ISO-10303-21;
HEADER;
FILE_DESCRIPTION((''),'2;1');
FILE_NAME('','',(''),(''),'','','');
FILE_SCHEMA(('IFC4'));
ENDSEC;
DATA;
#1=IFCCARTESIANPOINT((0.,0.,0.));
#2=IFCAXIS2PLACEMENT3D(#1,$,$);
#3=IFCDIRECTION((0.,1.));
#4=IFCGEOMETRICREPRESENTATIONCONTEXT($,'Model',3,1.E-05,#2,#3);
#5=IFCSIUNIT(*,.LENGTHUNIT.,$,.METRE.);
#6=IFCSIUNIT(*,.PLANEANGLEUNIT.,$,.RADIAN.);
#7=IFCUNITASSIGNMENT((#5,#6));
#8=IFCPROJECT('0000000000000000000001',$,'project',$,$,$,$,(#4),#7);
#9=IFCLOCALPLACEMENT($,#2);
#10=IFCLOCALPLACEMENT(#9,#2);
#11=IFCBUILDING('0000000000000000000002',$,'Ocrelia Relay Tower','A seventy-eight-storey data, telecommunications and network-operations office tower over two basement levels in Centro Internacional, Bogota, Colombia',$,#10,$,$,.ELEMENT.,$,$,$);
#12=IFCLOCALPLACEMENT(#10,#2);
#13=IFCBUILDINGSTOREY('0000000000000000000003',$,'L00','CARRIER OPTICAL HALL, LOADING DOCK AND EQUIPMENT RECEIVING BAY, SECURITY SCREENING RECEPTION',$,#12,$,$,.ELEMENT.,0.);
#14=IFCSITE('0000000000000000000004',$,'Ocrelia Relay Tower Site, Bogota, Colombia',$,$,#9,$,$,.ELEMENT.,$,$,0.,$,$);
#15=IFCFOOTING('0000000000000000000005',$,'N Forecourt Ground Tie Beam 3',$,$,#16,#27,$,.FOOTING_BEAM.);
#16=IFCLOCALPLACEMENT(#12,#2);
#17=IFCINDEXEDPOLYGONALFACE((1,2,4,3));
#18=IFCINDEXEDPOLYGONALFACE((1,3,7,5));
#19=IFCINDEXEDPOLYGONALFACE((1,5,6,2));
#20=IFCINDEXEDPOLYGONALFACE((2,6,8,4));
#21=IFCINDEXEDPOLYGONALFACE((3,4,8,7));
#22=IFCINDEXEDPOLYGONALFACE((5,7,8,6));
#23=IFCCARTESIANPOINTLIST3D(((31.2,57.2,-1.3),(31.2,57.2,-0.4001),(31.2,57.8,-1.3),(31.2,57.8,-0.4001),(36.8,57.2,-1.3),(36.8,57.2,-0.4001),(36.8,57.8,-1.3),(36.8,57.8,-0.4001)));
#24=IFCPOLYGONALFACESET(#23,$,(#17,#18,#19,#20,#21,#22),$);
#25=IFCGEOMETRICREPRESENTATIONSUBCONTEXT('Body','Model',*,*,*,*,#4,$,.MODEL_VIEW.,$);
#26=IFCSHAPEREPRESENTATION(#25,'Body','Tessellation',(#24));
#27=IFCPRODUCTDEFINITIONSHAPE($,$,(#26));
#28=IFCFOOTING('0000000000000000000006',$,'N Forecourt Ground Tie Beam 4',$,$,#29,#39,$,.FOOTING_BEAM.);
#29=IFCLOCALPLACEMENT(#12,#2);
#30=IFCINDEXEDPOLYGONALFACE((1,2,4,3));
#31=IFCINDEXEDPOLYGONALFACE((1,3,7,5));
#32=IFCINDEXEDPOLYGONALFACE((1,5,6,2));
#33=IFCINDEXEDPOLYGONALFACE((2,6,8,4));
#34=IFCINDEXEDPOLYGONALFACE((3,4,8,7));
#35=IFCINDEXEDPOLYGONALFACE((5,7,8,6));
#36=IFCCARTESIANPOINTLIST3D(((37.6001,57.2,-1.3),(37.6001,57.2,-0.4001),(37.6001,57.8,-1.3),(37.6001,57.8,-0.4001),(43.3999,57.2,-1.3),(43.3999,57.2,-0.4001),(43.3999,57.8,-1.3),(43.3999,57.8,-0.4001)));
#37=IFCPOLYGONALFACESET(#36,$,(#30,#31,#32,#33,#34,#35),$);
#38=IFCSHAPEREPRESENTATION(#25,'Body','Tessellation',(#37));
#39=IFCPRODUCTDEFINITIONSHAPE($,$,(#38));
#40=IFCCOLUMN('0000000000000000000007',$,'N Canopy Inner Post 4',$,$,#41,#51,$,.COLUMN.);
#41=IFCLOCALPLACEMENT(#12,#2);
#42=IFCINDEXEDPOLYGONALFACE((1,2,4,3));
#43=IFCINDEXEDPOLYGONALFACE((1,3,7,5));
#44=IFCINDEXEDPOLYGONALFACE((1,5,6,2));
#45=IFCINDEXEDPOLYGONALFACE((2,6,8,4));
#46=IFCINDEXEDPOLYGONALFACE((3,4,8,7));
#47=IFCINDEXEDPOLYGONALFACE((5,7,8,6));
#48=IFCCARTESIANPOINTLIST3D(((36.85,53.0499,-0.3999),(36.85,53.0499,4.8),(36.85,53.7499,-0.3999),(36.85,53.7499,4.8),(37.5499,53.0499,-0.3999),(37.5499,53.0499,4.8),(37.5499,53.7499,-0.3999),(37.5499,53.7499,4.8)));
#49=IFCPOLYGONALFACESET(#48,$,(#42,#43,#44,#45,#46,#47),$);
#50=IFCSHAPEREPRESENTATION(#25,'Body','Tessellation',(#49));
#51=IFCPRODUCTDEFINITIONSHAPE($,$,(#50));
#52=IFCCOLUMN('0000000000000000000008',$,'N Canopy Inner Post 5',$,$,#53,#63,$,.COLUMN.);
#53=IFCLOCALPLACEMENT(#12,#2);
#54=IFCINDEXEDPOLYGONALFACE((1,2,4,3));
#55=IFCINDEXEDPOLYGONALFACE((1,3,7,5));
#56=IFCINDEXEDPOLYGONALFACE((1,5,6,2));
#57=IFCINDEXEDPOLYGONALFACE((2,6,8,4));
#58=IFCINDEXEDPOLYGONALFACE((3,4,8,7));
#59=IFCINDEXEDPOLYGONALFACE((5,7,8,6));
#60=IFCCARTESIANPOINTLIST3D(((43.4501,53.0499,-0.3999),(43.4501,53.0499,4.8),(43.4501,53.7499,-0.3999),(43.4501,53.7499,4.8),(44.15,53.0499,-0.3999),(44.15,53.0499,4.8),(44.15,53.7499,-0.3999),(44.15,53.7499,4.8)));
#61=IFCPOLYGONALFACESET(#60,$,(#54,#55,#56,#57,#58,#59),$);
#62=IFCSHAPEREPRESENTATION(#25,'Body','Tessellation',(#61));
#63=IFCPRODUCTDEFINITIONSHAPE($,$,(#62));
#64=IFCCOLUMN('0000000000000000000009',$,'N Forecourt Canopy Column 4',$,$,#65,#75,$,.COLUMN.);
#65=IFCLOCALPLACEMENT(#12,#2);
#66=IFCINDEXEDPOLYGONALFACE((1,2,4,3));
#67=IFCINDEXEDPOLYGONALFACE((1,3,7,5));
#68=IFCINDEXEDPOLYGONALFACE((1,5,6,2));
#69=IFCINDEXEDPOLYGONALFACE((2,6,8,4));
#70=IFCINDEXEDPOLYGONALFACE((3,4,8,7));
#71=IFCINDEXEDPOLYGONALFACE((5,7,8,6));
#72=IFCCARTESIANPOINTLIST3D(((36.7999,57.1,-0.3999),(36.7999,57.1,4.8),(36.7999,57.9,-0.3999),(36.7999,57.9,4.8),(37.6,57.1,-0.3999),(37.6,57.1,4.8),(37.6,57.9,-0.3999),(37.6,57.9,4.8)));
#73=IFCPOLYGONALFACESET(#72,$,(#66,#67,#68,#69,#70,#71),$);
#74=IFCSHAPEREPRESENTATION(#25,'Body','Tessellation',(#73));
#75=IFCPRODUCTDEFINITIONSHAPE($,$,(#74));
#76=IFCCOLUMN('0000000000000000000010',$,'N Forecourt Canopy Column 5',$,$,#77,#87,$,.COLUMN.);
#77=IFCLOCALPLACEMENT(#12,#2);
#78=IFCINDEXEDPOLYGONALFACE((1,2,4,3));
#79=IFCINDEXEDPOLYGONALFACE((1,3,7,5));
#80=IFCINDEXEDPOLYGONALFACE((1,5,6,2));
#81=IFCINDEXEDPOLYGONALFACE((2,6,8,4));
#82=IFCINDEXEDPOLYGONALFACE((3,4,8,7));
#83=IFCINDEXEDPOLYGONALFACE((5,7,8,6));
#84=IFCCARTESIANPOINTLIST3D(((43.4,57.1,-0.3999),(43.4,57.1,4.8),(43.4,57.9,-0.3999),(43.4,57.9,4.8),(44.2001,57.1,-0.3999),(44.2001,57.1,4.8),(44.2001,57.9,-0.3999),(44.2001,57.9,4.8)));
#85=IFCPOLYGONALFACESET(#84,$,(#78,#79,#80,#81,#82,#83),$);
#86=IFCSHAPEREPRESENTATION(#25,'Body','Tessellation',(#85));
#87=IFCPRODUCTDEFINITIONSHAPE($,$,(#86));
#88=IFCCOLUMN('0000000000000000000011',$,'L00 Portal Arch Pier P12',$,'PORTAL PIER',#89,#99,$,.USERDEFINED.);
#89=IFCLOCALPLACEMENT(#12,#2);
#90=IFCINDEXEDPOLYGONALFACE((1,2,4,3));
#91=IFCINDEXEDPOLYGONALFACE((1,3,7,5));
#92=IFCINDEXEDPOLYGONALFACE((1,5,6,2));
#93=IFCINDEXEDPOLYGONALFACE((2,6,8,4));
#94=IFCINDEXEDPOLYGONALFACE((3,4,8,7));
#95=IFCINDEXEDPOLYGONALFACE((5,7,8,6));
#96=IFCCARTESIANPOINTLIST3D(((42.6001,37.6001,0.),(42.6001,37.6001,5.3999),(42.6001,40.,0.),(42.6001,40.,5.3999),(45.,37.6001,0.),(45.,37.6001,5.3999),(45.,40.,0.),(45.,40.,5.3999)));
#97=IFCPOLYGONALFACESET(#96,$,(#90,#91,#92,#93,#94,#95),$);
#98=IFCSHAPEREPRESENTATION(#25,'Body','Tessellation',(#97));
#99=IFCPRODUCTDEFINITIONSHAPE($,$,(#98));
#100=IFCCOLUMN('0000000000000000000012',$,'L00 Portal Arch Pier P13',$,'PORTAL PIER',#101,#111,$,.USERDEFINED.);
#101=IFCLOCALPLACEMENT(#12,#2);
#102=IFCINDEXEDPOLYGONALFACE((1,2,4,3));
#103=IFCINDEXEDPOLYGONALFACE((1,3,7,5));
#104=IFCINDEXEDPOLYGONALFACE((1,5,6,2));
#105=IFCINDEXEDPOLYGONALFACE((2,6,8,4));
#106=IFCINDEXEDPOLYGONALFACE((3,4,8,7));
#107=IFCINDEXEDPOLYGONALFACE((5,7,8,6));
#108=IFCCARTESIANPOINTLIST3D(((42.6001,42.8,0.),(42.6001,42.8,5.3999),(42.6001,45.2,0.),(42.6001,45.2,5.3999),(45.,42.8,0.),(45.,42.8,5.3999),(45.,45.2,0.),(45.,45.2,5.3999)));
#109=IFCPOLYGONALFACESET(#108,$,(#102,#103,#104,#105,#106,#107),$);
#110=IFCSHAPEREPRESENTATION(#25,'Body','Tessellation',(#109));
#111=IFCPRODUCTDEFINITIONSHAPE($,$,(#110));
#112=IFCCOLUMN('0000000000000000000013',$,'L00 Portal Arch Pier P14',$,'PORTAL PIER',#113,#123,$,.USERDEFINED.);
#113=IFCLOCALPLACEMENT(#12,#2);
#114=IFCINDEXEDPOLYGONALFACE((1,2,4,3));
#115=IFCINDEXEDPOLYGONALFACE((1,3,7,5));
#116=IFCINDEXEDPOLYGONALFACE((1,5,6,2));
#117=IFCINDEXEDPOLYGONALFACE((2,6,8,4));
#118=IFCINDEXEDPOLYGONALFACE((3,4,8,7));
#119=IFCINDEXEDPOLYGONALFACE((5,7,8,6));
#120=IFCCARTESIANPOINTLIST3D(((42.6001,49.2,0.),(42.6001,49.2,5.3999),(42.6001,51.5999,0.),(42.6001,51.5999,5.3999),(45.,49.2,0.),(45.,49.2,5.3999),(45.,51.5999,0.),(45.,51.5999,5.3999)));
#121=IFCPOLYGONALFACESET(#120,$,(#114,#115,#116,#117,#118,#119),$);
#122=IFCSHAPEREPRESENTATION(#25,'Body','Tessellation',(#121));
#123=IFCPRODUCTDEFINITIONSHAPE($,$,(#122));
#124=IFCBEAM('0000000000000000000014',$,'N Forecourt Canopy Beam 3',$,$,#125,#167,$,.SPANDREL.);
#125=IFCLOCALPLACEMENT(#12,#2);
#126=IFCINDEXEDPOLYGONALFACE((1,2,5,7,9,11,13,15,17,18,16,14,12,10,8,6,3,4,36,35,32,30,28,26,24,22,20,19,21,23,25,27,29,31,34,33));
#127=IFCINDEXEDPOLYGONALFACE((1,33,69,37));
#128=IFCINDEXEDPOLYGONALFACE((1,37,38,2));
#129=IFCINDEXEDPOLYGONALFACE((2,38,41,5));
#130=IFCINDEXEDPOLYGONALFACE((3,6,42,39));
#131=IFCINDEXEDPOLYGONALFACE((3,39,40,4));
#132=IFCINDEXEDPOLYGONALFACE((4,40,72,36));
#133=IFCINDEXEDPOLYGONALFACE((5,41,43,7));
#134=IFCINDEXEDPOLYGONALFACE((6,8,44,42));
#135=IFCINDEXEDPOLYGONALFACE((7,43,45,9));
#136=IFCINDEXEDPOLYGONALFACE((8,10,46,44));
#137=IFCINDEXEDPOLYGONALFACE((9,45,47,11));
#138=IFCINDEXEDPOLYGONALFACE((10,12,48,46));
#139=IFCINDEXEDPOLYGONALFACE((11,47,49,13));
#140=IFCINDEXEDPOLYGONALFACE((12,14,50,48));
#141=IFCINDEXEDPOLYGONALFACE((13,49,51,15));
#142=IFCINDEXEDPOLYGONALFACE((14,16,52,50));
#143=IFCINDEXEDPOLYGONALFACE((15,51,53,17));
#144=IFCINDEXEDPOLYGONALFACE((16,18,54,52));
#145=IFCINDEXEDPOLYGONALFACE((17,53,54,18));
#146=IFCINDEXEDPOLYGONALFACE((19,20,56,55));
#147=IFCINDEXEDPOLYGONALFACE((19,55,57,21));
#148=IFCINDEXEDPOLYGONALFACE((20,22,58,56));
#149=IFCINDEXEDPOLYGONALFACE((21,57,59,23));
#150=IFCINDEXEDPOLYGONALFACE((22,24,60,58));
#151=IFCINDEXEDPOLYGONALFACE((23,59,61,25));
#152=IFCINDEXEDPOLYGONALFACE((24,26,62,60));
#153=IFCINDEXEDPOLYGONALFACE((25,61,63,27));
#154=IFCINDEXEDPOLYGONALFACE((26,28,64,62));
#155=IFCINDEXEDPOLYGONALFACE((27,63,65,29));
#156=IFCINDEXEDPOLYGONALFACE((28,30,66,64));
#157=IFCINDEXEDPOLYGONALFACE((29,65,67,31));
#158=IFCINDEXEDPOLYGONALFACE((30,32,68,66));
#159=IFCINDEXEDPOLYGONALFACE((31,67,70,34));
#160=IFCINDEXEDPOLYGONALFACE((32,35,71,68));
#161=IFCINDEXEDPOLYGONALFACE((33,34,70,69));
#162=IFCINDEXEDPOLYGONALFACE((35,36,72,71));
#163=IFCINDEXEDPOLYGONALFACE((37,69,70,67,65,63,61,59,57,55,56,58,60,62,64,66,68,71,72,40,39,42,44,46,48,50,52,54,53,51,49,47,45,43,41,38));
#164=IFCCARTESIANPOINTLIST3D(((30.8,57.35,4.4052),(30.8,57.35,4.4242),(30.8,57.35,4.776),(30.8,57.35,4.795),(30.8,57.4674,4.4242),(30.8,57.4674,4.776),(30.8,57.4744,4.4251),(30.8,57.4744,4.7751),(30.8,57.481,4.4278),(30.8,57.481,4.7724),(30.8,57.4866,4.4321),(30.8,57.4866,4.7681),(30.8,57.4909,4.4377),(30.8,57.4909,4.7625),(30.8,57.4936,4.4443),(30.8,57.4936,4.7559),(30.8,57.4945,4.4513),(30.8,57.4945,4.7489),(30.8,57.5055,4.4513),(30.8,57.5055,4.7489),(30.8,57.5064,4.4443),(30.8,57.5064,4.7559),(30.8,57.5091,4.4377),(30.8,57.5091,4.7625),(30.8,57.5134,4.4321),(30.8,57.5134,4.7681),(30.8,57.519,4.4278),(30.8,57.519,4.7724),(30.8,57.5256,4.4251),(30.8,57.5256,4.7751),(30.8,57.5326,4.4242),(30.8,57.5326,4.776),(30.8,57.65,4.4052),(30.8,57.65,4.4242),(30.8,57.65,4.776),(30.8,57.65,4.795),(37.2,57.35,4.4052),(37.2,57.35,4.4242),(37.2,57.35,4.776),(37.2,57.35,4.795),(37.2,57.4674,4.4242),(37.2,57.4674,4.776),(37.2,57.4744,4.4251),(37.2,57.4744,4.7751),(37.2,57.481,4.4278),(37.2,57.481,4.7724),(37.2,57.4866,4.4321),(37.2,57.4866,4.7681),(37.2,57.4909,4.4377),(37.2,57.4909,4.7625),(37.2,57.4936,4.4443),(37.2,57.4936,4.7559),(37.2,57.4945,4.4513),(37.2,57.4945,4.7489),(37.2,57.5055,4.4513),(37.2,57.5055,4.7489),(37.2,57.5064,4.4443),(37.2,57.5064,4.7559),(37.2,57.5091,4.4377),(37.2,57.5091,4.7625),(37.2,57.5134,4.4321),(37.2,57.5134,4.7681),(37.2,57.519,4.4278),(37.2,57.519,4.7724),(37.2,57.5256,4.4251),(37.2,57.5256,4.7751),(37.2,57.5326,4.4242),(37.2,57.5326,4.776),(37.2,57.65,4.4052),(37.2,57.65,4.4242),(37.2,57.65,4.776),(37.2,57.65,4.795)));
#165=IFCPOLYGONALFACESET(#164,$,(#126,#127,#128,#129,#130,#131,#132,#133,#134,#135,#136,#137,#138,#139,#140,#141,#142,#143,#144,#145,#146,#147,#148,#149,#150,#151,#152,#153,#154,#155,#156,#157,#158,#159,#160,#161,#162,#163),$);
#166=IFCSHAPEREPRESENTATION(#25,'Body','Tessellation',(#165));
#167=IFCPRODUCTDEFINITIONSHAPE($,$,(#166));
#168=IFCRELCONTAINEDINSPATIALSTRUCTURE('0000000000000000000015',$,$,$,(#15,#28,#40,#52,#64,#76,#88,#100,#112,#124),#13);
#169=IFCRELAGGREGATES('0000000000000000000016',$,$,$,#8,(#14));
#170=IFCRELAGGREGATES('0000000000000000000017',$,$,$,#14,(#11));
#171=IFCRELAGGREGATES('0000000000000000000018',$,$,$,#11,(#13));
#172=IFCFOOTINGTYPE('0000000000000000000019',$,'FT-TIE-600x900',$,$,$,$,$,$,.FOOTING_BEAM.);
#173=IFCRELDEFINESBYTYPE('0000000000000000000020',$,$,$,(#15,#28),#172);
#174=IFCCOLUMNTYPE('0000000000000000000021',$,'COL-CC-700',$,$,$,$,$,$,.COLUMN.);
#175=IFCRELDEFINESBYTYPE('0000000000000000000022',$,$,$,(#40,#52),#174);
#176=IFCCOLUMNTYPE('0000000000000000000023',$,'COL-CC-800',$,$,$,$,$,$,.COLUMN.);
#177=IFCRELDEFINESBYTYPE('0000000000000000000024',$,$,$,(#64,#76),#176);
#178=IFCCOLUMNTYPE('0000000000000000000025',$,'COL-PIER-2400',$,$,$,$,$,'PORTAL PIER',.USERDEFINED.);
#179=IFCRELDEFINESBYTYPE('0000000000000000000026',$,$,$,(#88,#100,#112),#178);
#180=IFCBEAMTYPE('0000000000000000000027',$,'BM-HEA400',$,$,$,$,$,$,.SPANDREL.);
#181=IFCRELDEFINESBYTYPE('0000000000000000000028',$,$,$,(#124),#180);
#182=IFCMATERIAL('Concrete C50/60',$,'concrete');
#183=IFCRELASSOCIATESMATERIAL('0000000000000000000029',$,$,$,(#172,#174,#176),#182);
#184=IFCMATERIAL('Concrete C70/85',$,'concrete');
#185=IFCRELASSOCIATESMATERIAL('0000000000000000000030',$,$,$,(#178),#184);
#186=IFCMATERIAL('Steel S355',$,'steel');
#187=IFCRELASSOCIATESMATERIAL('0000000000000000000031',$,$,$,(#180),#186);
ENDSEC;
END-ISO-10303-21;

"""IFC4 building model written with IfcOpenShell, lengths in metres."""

from ifc_helpers import new_model, si_unit, direction, frame, origin, origin_2d, place, context, subcontext, project, spatial, rectangle, i_section, extrude, material, material_profile, profile_set, type_object, element, save


model = new_model("IFC4")

# Units and contexts
model_context = context("Model", 3, precision=1e-05, world=origin(), true_north=direction((0.0, 1.0)))
body_context = subcontext(model_context, "Body", "Model", "MODEL_VIEW")
ifc_project = project(units=[si_unit("LENGTHUNIT", "METRE"), si_unit("PLANEANGLEUNIT", "RADIAN")], contexts=[model_context])

# Site, building, storey
site_placement = place(None, origin())
site = spatial("IfcSite", under=ifc_project, at=site_placement, Name="Ocrelia Relay Tower Site, Bogota, Colombia", CompositionType="ELEMENT", RefElevation=0.0)
building_placement = place(site_placement, origin())
building = spatial("IfcBuilding", under=site, at=building_placement, Name="Ocrelia Relay Tower", Description="A seventy-eight-storey data, telecommunications and network-operations office tower over two basement levels in Centro Internacional, Bogota, Colombia", CompositionType="ELEMENT")
storey_placement = place(building_placement, origin())
storey = spatial("IfcBuildingStorey", under=building, at=storey_placement, Name="L00", Description="CARRIER OPTICAL HALL, LOADING DOCK AND EQUIPMENT RECEIVING BAY, SECURITY SCREENING RECEPTION", CompositionType="ELEMENT", Elevation=0.0)

# Footings
ifc_material_1 = material(Name="Concrete C50/60", Category="concrete")
ifc_material_profile_1 = material_profile(ifc_material_1, rectangle(XDim=0.6001, YDim=0.8999, at=origin_2d()), Name="RC-BM-600x900")
ifc_profile_set_1 = profile_set([ifc_material_profile_1], Name="Concrete C50/60")
footing_type = type_object("IfcFootingType", Name="FT-TIE-600x900", PredefinedType="FOOTING_BEAM", material=ifc_profile_set_1)
footing_1_placement = place(storey_placement, frame((31.2, 57.5, -0.8501), z_axis=(1.0, 0.0, 0.0), x_axis=(0.0, 1.0, 0.0)))
element("IfcFooting", 1, at=footing_1_placement, inside=storey, type_object=footing_type, Name="N Forecourt Ground Tie Beam 3", PredefinedType="FOOTING_BEAM", context=body_context, shape_type="SweptSolid", body=[
    extrude(rectangle(XDim=0.6001, YDim=0.8999, at=origin_2d()), origin(), (0.0, 0.0, 1.0), 5.6001),
])
footing_2_placement = place(storey_placement, frame((37.6001, 57.5, -0.8501), z_axis=(1.0, 0.0, 0.0), x_axis=(0.0, 1.0, 0.0)))
element("IfcFooting", 2, at=footing_2_placement, inside=storey, type_object=footing_type, Name="N Forecourt Ground Tie Beam 4", PredefinedType="FOOTING_BEAM", context=body_context, shape_type="SweptSolid", body=[
    extrude(rectangle(XDim=0.6001, YDim=0.8999, at=origin_2d()), origin(), (0.0, 0.0, 1.0), 5.7998),
])

# Columns
ifc_material_profile_2 = material_profile(ifc_material_1, rectangle(XDim=0.7, YDim=0.7, at=origin_2d()), Name="RC-COL-700x700")
ifc_profile_set_2 = profile_set([ifc_material_profile_2], Name="Concrete C50/60")
column_type_1 = type_object("IfcColumnType", Name="COL-CC-700", PredefinedType="COLUMN", material=ifc_profile_set_2)
for number, where, z_axis, x_axis, name in (
    (3, (37.2, 53.3999, -0.3999), (0.0, 0.0, 1.0), (1.0, 0.0, 0.0), "N Canopy Inner Post 4"),
    (4, (43.8, 53.3999, -0.3999), (0.0, 0.0, 1.0), (1.0, 0.0, 0.0), "N Canopy Inner Post 5"),
):
    element("IfcColumn", number, at=place(storey_placement, frame(where, z_axis=z_axis, x_axis=x_axis)), inside=storey, type_object=column_type_1, Name=name, PredefinedType="COLUMN", context=body_context, shape_type="SweptSolid", body=[
        extrude(rectangle(XDim=0.7, YDim=0.7, at=origin_2d()), origin(), (0.0, 0.0, 1.0), 5.2),
    ])
ifc_material_profile_3 = material_profile(ifc_material_1, rectangle(XDim=0.8, YDim=0.8, at=origin_2d()), Name="RC-COL-800x800")
ifc_profile_set_3 = profile_set([ifc_material_profile_3], Name="Concrete C50/60")
column_type_2 = type_object("IfcColumnType", Name="COL-CC-800", PredefinedType="COLUMN", material=ifc_profile_set_3)
for number, where, z_axis, x_axis, name in (
    (5, (37.2, 57.5, -0.3999), (0.0, 0.0, 1.0), (1.0, 0.0, 0.0), "N Forecourt Canopy Column 4"),
    (6, (43.8, 57.5, -0.3999), (0.0, 0.0, 1.0), (1.0, 0.0, 0.0), "N Forecourt Canopy Column 5"),
):
    element("IfcColumn", number, at=place(storey_placement, frame(where, z_axis=z_axis, x_axis=x_axis)), inside=storey, type_object=column_type_2, Name=name, PredefinedType="COLUMN", context=body_context, shape_type="SweptSolid", body=[
        extrude(rectangle(XDim=0.8, YDim=0.8, at=origin_2d()), origin(), (0.0, 0.0, 1.0), 5.2),
    ])
ifc_material_2 = material(Name="Concrete C70/85", Category="concrete")
ifc_material_profile_4 = material_profile(ifc_material_2, rectangle(XDim=2.3999, YDim=2.3999, at=origin_2d()), Name="RC-PIER-2400x2400")
ifc_profile_set_4 = profile_set([ifc_material_profile_4], Name="Concrete C70/85")
column_type_3 = type_object("IfcColumnType", Name="COL-PIER-2400", ElementType="PORTAL PIER", PredefinedType="USERDEFINED", material=ifc_profile_set_4)
for number, where, z_axis, x_axis, name in (
    (7, (43.8, 38.8, 0.0), (0.0, 0.0, 1.0), (1.0, 0.0, 0.0), "L00 Portal Arch Pier P12"),
    (8, (43.8, 44.0, 0.0), (0.0, 0.0, 1.0), (1.0, 0.0, 0.0), "L00 Portal Arch Pier P13"),
    (9, (43.8, 50.3999, 0.0), (0.0, 0.0, 1.0), (1.0, 0.0, 0.0), "L00 Portal Arch Pier P14"),
):
    element("IfcColumn", number, at=place(storey_placement, frame(where, z_axis=z_axis, x_axis=x_axis)), inside=storey, type_object=column_type_3, Name=name, ObjectType="PORTAL PIER", PredefinedType="USERDEFINED", context=body_context, shape_type="SweptSolid", body=[
        extrude(rectangle(XDim=2.3999, YDim=2.3999, at=origin_2d()), origin(), (0.0, 0.0, 1.0), 5.3999),
    ])

# Beam
ifc_material_3 = material(Name="Steel S355", Category="steel")
ifc_material_profile_5 = material_profile(ifc_material_3, i_section(OverallWidth=0.3, OverallDepth=0.3899, WebThickness=0.011, FlangeThickness=0.019, FilletRadius=0.0271, at=origin_2d()), Name="HEA 400")
ifc_profile_set_5 = profile_set([ifc_material_profile_5], Name="Steel S355")
beam_type_1 = type_object("IfcBeamType", Name="BM-HEA400", PredefinedType="SPANDREL", material=ifc_profile_set_5)
beam_1_placement = place(storey_placement, frame((30.8, 57.5, 4.6001), z_axis=(1.0, 0.0, 0.0), x_axis=(0.0, 1.0, 0.0)))
element("IfcBeam", 10, at=beam_1_placement, inside=storey, type_object=beam_type_1, Name="N Forecourt Canopy Beam 3", PredefinedType="SPANDREL", context=body_context, shape_type="SweptSolid", body=[
    extrude(i_section(OverallWidth=0.3, OverallDepth=0.3899, WebThickness=0.011, FlangeThickness=0.019, FilletRadius=0.0271, at=origin_2d()), origin(), (0.0, 0.0, 1.0), 6.3999),
])

save(model, "model.ifc")
